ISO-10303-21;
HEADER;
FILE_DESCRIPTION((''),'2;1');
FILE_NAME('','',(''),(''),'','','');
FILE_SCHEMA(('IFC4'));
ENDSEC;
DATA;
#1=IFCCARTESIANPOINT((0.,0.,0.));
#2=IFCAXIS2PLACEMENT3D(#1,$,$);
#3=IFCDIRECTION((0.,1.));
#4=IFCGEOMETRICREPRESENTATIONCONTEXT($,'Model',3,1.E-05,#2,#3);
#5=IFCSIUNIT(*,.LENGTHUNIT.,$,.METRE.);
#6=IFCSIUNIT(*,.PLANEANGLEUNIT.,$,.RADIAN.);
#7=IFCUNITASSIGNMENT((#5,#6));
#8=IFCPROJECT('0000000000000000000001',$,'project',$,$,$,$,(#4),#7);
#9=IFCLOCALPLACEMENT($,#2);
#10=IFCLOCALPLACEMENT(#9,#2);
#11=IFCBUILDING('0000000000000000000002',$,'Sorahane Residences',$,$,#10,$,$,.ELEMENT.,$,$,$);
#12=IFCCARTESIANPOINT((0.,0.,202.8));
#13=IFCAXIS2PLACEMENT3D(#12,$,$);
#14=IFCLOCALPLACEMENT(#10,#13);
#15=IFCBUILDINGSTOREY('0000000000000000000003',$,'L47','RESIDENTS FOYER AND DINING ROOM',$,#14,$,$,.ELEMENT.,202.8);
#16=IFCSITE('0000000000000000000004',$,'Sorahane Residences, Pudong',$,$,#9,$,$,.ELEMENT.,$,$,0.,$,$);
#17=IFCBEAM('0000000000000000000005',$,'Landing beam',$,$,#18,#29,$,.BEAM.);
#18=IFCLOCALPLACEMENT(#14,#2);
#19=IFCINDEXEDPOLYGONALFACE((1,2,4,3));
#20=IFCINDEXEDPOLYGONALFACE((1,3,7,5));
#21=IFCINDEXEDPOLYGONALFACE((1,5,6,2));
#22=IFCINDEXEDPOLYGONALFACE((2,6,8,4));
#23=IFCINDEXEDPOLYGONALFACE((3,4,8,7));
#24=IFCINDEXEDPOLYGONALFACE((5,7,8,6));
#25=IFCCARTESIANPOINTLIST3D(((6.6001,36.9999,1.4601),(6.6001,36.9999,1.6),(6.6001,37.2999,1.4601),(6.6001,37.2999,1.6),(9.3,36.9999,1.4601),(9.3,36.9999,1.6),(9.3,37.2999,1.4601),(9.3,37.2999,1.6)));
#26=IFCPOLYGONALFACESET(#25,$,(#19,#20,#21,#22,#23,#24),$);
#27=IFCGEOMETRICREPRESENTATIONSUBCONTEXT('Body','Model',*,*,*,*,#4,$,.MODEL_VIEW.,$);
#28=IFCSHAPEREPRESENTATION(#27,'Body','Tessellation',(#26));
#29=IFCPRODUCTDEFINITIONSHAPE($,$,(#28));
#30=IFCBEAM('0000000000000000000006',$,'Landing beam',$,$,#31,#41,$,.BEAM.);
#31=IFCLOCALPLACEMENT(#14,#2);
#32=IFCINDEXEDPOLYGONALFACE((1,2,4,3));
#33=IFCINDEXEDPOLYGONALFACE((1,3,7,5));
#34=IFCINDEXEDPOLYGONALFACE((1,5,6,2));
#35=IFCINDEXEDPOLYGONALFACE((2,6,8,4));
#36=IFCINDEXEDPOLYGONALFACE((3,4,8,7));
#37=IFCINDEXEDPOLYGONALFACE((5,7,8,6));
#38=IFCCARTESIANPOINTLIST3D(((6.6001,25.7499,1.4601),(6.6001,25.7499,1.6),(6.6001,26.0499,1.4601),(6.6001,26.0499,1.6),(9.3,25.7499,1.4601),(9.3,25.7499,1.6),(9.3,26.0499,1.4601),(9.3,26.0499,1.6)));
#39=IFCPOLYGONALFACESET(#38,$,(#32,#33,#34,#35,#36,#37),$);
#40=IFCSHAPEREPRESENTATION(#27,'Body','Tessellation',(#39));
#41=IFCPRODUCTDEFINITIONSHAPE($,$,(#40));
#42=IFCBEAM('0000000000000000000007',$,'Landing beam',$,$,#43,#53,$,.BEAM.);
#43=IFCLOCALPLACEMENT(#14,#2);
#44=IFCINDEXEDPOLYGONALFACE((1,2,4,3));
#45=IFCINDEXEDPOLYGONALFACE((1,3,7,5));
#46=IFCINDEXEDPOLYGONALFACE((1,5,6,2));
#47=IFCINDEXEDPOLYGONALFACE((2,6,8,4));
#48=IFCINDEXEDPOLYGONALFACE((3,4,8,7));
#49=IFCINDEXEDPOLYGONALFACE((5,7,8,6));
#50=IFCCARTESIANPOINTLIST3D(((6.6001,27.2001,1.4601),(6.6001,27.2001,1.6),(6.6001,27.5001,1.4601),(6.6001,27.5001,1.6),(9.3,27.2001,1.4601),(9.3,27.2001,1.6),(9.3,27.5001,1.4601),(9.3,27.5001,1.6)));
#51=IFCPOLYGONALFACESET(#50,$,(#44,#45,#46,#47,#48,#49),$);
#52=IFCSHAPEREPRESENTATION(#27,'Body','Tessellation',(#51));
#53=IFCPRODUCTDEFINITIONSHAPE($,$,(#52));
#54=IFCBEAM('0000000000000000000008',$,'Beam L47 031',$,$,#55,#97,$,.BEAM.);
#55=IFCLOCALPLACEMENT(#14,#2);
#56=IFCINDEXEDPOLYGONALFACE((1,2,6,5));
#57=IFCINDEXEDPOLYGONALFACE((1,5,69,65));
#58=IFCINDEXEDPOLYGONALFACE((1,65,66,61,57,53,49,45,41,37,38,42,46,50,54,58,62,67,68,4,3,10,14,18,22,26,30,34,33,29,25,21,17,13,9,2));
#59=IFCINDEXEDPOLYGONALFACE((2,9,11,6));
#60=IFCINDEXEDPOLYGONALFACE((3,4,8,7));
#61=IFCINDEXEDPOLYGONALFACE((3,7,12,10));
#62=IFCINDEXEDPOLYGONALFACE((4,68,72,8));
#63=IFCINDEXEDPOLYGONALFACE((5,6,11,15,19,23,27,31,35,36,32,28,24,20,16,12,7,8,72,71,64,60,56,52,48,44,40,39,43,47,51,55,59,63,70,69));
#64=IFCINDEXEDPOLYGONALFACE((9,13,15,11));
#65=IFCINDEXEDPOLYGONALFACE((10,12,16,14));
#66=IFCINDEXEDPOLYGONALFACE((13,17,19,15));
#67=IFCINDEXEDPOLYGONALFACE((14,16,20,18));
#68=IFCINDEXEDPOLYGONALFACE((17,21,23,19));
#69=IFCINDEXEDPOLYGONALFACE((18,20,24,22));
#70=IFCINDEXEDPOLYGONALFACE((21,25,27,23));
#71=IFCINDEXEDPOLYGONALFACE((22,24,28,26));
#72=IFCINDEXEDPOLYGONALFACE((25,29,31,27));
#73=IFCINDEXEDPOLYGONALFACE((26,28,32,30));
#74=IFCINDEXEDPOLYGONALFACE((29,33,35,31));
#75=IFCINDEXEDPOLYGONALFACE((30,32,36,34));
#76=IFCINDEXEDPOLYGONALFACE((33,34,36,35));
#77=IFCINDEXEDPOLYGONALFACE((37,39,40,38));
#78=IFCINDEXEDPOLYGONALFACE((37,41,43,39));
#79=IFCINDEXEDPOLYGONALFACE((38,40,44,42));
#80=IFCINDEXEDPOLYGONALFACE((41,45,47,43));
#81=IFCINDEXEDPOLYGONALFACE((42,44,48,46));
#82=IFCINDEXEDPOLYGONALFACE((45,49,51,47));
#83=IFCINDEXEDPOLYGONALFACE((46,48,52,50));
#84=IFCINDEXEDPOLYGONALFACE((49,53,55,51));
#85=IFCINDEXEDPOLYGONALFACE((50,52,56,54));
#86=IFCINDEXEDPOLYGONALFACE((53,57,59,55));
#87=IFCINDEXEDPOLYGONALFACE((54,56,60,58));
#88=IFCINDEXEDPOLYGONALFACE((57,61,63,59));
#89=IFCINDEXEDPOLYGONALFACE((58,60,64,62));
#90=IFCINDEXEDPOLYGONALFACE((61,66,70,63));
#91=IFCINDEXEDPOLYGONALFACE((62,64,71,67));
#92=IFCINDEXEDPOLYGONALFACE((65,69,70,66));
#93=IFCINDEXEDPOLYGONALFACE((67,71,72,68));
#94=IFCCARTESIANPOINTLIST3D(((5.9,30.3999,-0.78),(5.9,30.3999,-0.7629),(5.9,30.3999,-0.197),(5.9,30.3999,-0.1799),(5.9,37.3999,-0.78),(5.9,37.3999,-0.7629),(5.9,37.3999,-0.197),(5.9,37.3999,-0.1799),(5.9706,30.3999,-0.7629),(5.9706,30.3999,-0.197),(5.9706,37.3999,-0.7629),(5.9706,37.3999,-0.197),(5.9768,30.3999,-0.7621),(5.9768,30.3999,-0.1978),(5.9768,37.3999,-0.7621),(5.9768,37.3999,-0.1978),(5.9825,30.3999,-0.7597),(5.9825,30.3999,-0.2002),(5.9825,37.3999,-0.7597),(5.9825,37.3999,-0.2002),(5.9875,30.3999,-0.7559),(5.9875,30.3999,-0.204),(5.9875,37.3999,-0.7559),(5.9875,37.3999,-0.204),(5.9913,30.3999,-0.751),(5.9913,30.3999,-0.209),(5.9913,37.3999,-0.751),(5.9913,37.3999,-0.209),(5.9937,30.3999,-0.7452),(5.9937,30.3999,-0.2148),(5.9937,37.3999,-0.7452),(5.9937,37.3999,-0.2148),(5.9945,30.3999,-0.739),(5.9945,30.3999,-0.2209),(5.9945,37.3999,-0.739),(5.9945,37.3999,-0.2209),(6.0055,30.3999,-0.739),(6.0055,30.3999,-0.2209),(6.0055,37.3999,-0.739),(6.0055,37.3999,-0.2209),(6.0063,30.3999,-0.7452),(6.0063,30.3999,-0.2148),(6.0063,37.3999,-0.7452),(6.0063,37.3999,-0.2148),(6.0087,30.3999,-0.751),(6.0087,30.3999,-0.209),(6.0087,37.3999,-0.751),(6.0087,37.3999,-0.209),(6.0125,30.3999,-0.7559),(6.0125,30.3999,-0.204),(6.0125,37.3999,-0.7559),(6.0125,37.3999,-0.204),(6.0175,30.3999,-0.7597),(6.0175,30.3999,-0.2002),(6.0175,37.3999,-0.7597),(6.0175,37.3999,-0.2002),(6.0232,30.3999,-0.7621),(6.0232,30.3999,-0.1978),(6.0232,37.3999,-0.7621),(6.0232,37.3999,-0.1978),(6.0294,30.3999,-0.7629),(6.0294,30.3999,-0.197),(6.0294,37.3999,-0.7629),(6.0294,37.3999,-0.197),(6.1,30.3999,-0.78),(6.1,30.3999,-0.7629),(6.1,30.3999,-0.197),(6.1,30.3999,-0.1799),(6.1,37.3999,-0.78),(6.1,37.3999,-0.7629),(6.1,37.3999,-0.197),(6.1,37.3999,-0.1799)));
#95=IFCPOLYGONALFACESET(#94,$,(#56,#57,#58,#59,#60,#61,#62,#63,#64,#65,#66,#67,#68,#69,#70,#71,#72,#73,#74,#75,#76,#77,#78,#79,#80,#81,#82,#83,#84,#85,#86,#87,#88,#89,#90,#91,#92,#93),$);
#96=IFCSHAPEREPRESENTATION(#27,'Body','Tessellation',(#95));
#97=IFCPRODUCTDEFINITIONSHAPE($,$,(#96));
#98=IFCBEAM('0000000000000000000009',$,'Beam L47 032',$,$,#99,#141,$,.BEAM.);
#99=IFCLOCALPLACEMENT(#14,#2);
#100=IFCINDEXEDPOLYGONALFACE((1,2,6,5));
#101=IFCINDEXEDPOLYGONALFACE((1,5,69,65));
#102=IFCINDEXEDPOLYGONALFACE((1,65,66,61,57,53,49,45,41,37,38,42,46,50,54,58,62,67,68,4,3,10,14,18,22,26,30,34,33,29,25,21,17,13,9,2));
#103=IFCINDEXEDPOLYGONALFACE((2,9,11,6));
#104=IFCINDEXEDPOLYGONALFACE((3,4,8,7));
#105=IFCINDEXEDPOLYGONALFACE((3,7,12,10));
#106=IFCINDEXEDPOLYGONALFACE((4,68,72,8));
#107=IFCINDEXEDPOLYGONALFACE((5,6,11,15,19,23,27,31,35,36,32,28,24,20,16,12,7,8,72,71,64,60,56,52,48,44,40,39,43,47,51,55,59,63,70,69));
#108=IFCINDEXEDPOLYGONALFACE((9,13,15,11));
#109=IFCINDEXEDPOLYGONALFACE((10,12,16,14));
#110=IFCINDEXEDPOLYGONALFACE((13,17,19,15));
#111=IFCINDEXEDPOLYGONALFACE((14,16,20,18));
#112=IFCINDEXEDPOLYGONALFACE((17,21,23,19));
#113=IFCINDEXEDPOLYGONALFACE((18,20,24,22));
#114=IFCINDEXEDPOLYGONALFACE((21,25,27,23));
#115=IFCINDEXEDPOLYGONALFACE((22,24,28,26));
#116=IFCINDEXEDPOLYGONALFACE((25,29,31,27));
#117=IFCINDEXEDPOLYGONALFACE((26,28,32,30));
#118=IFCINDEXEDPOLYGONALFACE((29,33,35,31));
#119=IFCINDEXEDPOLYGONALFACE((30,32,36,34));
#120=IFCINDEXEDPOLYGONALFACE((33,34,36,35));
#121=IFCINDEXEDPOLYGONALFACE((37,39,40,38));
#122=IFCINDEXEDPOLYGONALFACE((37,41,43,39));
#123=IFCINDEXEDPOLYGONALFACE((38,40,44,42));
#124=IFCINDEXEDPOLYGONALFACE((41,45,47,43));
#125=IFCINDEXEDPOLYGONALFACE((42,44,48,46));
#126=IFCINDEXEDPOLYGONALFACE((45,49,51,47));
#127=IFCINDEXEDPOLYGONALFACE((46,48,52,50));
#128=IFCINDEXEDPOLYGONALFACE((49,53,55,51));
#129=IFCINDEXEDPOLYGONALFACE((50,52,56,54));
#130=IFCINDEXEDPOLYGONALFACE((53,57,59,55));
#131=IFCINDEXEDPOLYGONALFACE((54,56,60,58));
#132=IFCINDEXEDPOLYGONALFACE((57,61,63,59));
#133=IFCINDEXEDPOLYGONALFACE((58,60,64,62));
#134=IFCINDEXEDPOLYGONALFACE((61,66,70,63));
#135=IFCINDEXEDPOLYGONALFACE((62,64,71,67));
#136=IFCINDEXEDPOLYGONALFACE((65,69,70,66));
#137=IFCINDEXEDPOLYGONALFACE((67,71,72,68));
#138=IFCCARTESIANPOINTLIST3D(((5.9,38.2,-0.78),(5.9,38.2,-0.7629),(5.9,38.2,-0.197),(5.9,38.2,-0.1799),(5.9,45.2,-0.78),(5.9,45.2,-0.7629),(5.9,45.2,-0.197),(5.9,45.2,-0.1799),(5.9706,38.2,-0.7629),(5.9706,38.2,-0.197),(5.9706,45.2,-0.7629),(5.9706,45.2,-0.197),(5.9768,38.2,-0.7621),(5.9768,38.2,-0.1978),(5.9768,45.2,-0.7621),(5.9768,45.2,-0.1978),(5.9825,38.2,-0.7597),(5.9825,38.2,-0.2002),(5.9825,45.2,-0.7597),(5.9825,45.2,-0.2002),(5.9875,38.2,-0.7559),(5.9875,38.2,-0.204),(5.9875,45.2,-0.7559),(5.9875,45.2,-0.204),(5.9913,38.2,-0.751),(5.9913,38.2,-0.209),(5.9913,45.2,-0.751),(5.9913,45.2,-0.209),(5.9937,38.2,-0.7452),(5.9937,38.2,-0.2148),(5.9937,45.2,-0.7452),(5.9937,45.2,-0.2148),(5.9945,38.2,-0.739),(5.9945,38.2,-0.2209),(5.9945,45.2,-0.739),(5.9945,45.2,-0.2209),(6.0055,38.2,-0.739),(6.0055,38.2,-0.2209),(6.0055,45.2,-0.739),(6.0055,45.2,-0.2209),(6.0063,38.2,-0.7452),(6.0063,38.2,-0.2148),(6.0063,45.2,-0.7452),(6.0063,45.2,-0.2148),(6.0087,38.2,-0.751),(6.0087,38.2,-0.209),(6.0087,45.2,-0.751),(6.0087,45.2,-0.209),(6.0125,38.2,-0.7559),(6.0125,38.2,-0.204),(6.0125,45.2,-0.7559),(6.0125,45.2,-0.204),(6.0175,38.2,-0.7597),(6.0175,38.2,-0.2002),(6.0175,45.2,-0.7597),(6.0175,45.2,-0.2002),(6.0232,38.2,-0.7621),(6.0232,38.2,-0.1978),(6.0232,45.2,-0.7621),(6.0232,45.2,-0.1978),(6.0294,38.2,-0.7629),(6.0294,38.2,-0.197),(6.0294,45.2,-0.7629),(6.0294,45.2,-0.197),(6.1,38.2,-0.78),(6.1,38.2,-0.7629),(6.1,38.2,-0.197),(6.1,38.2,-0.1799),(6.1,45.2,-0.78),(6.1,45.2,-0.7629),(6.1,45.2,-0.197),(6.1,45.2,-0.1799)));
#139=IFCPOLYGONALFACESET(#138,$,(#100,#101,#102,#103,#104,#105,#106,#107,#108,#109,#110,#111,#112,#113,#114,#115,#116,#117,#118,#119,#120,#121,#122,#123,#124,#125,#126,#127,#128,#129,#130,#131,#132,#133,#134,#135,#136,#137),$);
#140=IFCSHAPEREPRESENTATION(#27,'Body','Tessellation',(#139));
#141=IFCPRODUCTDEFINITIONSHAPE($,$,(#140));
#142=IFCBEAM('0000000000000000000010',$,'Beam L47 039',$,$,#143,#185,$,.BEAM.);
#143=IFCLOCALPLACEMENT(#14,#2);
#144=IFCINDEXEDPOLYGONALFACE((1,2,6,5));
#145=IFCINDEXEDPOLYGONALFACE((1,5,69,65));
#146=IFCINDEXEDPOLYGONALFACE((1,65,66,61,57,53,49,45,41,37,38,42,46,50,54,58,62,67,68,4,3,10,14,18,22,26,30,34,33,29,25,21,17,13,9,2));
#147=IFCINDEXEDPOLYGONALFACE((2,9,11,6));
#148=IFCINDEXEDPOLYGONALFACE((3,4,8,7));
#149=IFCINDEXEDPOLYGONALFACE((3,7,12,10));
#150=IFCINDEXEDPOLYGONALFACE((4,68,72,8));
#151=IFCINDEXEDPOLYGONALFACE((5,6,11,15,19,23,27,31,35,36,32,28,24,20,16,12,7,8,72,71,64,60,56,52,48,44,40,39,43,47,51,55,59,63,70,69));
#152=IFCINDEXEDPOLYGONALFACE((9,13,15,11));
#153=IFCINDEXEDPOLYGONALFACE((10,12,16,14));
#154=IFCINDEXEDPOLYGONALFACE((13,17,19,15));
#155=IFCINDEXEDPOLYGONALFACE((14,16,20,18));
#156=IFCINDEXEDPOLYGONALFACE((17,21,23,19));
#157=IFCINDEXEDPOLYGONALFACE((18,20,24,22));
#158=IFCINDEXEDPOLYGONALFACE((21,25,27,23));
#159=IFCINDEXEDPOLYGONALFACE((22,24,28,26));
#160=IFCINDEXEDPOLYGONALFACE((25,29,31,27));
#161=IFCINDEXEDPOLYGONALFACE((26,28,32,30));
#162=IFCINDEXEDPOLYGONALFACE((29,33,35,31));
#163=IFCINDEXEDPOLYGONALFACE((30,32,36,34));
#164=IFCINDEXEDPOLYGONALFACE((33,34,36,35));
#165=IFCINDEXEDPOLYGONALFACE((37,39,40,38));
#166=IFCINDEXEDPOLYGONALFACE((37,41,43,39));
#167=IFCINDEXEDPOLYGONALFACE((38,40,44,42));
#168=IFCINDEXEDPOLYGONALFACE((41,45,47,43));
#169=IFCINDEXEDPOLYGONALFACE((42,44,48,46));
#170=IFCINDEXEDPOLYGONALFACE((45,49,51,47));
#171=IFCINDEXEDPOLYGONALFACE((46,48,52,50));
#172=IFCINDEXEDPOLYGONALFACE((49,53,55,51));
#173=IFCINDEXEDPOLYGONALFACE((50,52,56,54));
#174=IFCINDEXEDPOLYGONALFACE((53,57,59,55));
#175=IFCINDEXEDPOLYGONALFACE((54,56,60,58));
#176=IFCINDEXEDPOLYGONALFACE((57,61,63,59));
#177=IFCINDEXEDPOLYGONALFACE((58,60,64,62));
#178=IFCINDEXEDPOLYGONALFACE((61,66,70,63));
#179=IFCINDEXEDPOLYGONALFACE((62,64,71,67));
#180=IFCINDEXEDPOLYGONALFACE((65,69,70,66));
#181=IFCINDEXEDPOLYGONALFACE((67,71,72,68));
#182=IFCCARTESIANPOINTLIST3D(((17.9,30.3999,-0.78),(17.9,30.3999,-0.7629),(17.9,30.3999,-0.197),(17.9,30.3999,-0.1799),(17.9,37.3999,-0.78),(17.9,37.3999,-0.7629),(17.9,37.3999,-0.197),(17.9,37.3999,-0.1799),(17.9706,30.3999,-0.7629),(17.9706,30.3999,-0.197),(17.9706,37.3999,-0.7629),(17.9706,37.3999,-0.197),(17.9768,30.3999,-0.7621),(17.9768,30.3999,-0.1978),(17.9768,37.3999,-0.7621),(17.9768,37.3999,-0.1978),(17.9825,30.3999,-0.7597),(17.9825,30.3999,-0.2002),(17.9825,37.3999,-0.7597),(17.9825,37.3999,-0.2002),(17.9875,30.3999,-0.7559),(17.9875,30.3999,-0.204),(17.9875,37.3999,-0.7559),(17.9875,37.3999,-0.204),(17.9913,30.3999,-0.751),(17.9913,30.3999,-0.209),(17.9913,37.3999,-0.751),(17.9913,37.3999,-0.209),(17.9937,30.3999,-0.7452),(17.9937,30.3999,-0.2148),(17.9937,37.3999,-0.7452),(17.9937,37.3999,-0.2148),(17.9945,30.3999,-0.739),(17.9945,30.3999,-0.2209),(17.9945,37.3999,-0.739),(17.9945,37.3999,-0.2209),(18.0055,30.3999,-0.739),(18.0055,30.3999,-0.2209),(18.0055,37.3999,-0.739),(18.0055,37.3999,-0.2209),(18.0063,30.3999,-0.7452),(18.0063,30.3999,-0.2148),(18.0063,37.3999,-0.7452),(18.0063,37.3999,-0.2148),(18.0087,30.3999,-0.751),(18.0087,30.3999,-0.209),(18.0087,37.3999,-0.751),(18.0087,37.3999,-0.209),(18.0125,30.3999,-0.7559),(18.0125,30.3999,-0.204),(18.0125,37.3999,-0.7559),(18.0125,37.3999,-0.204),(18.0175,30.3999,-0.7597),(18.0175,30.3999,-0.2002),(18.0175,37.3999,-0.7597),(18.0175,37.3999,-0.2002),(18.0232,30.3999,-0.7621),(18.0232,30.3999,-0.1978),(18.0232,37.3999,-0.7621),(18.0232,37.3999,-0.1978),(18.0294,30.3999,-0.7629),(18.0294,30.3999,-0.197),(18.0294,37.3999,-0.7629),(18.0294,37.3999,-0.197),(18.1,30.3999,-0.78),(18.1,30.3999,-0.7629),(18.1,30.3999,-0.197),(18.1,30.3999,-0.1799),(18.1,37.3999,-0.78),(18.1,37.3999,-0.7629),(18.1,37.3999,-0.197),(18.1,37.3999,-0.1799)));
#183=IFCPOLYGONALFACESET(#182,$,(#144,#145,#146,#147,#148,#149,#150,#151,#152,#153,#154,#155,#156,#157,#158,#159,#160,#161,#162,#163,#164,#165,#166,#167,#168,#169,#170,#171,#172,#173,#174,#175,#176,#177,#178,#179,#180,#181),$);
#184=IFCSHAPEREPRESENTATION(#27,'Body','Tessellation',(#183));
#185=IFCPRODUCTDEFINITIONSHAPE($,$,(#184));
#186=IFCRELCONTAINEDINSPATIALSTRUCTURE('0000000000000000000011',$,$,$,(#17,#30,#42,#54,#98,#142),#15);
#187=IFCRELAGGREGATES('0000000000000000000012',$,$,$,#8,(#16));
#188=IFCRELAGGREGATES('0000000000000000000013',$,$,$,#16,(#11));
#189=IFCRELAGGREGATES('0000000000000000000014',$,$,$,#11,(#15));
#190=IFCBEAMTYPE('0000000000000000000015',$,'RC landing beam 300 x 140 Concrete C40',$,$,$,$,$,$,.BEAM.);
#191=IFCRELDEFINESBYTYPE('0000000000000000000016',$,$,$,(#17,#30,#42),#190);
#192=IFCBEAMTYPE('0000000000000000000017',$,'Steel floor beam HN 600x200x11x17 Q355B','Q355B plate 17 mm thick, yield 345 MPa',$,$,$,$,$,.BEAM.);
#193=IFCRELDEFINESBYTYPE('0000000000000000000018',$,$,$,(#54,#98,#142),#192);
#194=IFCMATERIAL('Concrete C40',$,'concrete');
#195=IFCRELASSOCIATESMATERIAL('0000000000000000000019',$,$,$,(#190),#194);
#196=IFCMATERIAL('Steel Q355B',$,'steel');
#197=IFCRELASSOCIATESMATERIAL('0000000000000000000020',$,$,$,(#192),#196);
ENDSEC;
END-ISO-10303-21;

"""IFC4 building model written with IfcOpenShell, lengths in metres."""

from ifc_helpers import new_model, si_unit, direction, frame, origin, origin_2d, place, context, subcontext, project, spatial, rectangle, i_section, extrude, material, material_profile, profile_set, type_object, element, save


model = new_model("IFC4")

# Units and contexts
model_context = context("Model", 3, precision=1e-05, world=origin(), true_north=direction((0.0, 1.0)))
body_context = subcontext(model_context, "Body", "Model", "MODEL_VIEW")
ifc_project = project(units=[si_unit("LENGTHUNIT", "METRE"), si_unit("PLANEANGLEUNIT", "RADIAN")], contexts=[model_context])

# Site, building, storey
site_placement = place(None, origin())
site = spatial("IfcSite", under=ifc_project, at=site_placement, Name="Sorahane Residences, Pudong", CompositionType="ELEMENT", RefElevation=0.0)
building_placement = place(site_placement, origin())
building = spatial("IfcBuilding", under=site, at=building_placement, Name="Sorahane Residences", CompositionType="ELEMENT")
storey_placement = place(building_placement, frame((0.0, 0.0, 202.8)))
storey = spatial("IfcBuildingStorey", under=building, at=storey_placement, Name="L47", Description="RESIDENTS FOYER AND DINING ROOM", CompositionType="ELEMENT", Elevation=202.8)

# Beams
ifc_material_1 = material(Name="Concrete C40", Category="concrete")
ifc_material_profile_1 = material_profile(ifc_material_1, rectangle(XDim=0.3, YDim=0.1399, at=origin_2d()), Name="300x140")
ifc_profile_set_1 = profile_set([ifc_material_profile_1], Name="Concrete C40")
beam_type_1 = type_object("IfcBeamType", Name="RC landing beam 300 x 140 Concrete C40", PredefinedType="BEAM", material=ifc_profile_set_1)
for number, where, z_axis, x_axis, name in (
    (1, (6.6001, 37.1499, 1.53), (1.0, 0.0, 0.0), (0.0, 1.0, 0.0), "Landing beam"),
    (2, (6.6001, 25.8999, 1.53), (1.0, 0.0, 0.0), (0.0, 1.0, 0.0), "Landing beam"),
    (3, (6.6001, 27.3501, 1.53), (1.0, 0.0, 0.0), (0.0, 1.0, 0.0), "Landing beam"),
):
    element("IfcBeam", number, at=place(storey_placement, frame(where, z_axis=z_axis, x_axis=x_axis)), inside=storey, type_object=beam_type_1, Name=name, PredefinedType="BEAM", context=body_context, shape_type="SweptSolid", body=[
        extrude(rectangle(XDim=0.3, YDim=0.1399, at=origin_2d()), origin(), (0.0, 0.0, 1.0), 2.7),
    ])
ifc_material_2 = material(Name="Steel Q355B", Category="steel")
ifc_material_profile_2 = material_profile(ifc_material_2, i_section(OverallWidth=0.2, OverallDepth=0.6001, WebThickness=0.011, FlangeThickness=0.0171, FilletRadius=0.0239, at=origin_2d()), Name="HN 600x200x11x17")
ifc_profile_set_2 = profile_set([ifc_material_profile_2], Name="Steel Q355B")
beam_type_2 = type_object("IfcBeamType", Name="Steel floor beam HN 600x200x11x17 Q355B", Description="Q355B plate 17 mm thick, yield 345 MPa", PredefinedType="BEAM", material=ifc_profile_set_2)
for number, where, z_axis, x_axis, name in (
    (4, (6.0, 30.3999, -0.48), (0.0, 1.0, 0.0), (-1.0, 0.0, 0.0), "Beam L47 031"),
    (5, (6.0, 38.2, -0.48), (0.0, 1.0, 0.0), (-1.0, 0.0, 0.0), "Beam L47 032"),
    (6, (18.0, 30.3999, -0.48), (0.0, 1.0, 0.0), (-1.0, 0.0, 0.0), "Beam L47 039"),
):
    element("IfcBeam", number, at=place(storey_placement, frame(where, z_axis=z_axis, x_axis=x_axis)), inside=storey, type_object=beam_type_2, Name=name, PredefinedType="BEAM", context=body_context, shape_type="SweptSolid", body=[
        extrude(i_section(OverallWidth=0.2, OverallDepth=0.6001, WebThickness=0.011, FlangeThickness=0.0171, FilletRadius=0.0239, at=origin_2d()), origin(), (0.0, 0.0, 1.0), 7.0),
    ])

save(model, "model.ifc")
